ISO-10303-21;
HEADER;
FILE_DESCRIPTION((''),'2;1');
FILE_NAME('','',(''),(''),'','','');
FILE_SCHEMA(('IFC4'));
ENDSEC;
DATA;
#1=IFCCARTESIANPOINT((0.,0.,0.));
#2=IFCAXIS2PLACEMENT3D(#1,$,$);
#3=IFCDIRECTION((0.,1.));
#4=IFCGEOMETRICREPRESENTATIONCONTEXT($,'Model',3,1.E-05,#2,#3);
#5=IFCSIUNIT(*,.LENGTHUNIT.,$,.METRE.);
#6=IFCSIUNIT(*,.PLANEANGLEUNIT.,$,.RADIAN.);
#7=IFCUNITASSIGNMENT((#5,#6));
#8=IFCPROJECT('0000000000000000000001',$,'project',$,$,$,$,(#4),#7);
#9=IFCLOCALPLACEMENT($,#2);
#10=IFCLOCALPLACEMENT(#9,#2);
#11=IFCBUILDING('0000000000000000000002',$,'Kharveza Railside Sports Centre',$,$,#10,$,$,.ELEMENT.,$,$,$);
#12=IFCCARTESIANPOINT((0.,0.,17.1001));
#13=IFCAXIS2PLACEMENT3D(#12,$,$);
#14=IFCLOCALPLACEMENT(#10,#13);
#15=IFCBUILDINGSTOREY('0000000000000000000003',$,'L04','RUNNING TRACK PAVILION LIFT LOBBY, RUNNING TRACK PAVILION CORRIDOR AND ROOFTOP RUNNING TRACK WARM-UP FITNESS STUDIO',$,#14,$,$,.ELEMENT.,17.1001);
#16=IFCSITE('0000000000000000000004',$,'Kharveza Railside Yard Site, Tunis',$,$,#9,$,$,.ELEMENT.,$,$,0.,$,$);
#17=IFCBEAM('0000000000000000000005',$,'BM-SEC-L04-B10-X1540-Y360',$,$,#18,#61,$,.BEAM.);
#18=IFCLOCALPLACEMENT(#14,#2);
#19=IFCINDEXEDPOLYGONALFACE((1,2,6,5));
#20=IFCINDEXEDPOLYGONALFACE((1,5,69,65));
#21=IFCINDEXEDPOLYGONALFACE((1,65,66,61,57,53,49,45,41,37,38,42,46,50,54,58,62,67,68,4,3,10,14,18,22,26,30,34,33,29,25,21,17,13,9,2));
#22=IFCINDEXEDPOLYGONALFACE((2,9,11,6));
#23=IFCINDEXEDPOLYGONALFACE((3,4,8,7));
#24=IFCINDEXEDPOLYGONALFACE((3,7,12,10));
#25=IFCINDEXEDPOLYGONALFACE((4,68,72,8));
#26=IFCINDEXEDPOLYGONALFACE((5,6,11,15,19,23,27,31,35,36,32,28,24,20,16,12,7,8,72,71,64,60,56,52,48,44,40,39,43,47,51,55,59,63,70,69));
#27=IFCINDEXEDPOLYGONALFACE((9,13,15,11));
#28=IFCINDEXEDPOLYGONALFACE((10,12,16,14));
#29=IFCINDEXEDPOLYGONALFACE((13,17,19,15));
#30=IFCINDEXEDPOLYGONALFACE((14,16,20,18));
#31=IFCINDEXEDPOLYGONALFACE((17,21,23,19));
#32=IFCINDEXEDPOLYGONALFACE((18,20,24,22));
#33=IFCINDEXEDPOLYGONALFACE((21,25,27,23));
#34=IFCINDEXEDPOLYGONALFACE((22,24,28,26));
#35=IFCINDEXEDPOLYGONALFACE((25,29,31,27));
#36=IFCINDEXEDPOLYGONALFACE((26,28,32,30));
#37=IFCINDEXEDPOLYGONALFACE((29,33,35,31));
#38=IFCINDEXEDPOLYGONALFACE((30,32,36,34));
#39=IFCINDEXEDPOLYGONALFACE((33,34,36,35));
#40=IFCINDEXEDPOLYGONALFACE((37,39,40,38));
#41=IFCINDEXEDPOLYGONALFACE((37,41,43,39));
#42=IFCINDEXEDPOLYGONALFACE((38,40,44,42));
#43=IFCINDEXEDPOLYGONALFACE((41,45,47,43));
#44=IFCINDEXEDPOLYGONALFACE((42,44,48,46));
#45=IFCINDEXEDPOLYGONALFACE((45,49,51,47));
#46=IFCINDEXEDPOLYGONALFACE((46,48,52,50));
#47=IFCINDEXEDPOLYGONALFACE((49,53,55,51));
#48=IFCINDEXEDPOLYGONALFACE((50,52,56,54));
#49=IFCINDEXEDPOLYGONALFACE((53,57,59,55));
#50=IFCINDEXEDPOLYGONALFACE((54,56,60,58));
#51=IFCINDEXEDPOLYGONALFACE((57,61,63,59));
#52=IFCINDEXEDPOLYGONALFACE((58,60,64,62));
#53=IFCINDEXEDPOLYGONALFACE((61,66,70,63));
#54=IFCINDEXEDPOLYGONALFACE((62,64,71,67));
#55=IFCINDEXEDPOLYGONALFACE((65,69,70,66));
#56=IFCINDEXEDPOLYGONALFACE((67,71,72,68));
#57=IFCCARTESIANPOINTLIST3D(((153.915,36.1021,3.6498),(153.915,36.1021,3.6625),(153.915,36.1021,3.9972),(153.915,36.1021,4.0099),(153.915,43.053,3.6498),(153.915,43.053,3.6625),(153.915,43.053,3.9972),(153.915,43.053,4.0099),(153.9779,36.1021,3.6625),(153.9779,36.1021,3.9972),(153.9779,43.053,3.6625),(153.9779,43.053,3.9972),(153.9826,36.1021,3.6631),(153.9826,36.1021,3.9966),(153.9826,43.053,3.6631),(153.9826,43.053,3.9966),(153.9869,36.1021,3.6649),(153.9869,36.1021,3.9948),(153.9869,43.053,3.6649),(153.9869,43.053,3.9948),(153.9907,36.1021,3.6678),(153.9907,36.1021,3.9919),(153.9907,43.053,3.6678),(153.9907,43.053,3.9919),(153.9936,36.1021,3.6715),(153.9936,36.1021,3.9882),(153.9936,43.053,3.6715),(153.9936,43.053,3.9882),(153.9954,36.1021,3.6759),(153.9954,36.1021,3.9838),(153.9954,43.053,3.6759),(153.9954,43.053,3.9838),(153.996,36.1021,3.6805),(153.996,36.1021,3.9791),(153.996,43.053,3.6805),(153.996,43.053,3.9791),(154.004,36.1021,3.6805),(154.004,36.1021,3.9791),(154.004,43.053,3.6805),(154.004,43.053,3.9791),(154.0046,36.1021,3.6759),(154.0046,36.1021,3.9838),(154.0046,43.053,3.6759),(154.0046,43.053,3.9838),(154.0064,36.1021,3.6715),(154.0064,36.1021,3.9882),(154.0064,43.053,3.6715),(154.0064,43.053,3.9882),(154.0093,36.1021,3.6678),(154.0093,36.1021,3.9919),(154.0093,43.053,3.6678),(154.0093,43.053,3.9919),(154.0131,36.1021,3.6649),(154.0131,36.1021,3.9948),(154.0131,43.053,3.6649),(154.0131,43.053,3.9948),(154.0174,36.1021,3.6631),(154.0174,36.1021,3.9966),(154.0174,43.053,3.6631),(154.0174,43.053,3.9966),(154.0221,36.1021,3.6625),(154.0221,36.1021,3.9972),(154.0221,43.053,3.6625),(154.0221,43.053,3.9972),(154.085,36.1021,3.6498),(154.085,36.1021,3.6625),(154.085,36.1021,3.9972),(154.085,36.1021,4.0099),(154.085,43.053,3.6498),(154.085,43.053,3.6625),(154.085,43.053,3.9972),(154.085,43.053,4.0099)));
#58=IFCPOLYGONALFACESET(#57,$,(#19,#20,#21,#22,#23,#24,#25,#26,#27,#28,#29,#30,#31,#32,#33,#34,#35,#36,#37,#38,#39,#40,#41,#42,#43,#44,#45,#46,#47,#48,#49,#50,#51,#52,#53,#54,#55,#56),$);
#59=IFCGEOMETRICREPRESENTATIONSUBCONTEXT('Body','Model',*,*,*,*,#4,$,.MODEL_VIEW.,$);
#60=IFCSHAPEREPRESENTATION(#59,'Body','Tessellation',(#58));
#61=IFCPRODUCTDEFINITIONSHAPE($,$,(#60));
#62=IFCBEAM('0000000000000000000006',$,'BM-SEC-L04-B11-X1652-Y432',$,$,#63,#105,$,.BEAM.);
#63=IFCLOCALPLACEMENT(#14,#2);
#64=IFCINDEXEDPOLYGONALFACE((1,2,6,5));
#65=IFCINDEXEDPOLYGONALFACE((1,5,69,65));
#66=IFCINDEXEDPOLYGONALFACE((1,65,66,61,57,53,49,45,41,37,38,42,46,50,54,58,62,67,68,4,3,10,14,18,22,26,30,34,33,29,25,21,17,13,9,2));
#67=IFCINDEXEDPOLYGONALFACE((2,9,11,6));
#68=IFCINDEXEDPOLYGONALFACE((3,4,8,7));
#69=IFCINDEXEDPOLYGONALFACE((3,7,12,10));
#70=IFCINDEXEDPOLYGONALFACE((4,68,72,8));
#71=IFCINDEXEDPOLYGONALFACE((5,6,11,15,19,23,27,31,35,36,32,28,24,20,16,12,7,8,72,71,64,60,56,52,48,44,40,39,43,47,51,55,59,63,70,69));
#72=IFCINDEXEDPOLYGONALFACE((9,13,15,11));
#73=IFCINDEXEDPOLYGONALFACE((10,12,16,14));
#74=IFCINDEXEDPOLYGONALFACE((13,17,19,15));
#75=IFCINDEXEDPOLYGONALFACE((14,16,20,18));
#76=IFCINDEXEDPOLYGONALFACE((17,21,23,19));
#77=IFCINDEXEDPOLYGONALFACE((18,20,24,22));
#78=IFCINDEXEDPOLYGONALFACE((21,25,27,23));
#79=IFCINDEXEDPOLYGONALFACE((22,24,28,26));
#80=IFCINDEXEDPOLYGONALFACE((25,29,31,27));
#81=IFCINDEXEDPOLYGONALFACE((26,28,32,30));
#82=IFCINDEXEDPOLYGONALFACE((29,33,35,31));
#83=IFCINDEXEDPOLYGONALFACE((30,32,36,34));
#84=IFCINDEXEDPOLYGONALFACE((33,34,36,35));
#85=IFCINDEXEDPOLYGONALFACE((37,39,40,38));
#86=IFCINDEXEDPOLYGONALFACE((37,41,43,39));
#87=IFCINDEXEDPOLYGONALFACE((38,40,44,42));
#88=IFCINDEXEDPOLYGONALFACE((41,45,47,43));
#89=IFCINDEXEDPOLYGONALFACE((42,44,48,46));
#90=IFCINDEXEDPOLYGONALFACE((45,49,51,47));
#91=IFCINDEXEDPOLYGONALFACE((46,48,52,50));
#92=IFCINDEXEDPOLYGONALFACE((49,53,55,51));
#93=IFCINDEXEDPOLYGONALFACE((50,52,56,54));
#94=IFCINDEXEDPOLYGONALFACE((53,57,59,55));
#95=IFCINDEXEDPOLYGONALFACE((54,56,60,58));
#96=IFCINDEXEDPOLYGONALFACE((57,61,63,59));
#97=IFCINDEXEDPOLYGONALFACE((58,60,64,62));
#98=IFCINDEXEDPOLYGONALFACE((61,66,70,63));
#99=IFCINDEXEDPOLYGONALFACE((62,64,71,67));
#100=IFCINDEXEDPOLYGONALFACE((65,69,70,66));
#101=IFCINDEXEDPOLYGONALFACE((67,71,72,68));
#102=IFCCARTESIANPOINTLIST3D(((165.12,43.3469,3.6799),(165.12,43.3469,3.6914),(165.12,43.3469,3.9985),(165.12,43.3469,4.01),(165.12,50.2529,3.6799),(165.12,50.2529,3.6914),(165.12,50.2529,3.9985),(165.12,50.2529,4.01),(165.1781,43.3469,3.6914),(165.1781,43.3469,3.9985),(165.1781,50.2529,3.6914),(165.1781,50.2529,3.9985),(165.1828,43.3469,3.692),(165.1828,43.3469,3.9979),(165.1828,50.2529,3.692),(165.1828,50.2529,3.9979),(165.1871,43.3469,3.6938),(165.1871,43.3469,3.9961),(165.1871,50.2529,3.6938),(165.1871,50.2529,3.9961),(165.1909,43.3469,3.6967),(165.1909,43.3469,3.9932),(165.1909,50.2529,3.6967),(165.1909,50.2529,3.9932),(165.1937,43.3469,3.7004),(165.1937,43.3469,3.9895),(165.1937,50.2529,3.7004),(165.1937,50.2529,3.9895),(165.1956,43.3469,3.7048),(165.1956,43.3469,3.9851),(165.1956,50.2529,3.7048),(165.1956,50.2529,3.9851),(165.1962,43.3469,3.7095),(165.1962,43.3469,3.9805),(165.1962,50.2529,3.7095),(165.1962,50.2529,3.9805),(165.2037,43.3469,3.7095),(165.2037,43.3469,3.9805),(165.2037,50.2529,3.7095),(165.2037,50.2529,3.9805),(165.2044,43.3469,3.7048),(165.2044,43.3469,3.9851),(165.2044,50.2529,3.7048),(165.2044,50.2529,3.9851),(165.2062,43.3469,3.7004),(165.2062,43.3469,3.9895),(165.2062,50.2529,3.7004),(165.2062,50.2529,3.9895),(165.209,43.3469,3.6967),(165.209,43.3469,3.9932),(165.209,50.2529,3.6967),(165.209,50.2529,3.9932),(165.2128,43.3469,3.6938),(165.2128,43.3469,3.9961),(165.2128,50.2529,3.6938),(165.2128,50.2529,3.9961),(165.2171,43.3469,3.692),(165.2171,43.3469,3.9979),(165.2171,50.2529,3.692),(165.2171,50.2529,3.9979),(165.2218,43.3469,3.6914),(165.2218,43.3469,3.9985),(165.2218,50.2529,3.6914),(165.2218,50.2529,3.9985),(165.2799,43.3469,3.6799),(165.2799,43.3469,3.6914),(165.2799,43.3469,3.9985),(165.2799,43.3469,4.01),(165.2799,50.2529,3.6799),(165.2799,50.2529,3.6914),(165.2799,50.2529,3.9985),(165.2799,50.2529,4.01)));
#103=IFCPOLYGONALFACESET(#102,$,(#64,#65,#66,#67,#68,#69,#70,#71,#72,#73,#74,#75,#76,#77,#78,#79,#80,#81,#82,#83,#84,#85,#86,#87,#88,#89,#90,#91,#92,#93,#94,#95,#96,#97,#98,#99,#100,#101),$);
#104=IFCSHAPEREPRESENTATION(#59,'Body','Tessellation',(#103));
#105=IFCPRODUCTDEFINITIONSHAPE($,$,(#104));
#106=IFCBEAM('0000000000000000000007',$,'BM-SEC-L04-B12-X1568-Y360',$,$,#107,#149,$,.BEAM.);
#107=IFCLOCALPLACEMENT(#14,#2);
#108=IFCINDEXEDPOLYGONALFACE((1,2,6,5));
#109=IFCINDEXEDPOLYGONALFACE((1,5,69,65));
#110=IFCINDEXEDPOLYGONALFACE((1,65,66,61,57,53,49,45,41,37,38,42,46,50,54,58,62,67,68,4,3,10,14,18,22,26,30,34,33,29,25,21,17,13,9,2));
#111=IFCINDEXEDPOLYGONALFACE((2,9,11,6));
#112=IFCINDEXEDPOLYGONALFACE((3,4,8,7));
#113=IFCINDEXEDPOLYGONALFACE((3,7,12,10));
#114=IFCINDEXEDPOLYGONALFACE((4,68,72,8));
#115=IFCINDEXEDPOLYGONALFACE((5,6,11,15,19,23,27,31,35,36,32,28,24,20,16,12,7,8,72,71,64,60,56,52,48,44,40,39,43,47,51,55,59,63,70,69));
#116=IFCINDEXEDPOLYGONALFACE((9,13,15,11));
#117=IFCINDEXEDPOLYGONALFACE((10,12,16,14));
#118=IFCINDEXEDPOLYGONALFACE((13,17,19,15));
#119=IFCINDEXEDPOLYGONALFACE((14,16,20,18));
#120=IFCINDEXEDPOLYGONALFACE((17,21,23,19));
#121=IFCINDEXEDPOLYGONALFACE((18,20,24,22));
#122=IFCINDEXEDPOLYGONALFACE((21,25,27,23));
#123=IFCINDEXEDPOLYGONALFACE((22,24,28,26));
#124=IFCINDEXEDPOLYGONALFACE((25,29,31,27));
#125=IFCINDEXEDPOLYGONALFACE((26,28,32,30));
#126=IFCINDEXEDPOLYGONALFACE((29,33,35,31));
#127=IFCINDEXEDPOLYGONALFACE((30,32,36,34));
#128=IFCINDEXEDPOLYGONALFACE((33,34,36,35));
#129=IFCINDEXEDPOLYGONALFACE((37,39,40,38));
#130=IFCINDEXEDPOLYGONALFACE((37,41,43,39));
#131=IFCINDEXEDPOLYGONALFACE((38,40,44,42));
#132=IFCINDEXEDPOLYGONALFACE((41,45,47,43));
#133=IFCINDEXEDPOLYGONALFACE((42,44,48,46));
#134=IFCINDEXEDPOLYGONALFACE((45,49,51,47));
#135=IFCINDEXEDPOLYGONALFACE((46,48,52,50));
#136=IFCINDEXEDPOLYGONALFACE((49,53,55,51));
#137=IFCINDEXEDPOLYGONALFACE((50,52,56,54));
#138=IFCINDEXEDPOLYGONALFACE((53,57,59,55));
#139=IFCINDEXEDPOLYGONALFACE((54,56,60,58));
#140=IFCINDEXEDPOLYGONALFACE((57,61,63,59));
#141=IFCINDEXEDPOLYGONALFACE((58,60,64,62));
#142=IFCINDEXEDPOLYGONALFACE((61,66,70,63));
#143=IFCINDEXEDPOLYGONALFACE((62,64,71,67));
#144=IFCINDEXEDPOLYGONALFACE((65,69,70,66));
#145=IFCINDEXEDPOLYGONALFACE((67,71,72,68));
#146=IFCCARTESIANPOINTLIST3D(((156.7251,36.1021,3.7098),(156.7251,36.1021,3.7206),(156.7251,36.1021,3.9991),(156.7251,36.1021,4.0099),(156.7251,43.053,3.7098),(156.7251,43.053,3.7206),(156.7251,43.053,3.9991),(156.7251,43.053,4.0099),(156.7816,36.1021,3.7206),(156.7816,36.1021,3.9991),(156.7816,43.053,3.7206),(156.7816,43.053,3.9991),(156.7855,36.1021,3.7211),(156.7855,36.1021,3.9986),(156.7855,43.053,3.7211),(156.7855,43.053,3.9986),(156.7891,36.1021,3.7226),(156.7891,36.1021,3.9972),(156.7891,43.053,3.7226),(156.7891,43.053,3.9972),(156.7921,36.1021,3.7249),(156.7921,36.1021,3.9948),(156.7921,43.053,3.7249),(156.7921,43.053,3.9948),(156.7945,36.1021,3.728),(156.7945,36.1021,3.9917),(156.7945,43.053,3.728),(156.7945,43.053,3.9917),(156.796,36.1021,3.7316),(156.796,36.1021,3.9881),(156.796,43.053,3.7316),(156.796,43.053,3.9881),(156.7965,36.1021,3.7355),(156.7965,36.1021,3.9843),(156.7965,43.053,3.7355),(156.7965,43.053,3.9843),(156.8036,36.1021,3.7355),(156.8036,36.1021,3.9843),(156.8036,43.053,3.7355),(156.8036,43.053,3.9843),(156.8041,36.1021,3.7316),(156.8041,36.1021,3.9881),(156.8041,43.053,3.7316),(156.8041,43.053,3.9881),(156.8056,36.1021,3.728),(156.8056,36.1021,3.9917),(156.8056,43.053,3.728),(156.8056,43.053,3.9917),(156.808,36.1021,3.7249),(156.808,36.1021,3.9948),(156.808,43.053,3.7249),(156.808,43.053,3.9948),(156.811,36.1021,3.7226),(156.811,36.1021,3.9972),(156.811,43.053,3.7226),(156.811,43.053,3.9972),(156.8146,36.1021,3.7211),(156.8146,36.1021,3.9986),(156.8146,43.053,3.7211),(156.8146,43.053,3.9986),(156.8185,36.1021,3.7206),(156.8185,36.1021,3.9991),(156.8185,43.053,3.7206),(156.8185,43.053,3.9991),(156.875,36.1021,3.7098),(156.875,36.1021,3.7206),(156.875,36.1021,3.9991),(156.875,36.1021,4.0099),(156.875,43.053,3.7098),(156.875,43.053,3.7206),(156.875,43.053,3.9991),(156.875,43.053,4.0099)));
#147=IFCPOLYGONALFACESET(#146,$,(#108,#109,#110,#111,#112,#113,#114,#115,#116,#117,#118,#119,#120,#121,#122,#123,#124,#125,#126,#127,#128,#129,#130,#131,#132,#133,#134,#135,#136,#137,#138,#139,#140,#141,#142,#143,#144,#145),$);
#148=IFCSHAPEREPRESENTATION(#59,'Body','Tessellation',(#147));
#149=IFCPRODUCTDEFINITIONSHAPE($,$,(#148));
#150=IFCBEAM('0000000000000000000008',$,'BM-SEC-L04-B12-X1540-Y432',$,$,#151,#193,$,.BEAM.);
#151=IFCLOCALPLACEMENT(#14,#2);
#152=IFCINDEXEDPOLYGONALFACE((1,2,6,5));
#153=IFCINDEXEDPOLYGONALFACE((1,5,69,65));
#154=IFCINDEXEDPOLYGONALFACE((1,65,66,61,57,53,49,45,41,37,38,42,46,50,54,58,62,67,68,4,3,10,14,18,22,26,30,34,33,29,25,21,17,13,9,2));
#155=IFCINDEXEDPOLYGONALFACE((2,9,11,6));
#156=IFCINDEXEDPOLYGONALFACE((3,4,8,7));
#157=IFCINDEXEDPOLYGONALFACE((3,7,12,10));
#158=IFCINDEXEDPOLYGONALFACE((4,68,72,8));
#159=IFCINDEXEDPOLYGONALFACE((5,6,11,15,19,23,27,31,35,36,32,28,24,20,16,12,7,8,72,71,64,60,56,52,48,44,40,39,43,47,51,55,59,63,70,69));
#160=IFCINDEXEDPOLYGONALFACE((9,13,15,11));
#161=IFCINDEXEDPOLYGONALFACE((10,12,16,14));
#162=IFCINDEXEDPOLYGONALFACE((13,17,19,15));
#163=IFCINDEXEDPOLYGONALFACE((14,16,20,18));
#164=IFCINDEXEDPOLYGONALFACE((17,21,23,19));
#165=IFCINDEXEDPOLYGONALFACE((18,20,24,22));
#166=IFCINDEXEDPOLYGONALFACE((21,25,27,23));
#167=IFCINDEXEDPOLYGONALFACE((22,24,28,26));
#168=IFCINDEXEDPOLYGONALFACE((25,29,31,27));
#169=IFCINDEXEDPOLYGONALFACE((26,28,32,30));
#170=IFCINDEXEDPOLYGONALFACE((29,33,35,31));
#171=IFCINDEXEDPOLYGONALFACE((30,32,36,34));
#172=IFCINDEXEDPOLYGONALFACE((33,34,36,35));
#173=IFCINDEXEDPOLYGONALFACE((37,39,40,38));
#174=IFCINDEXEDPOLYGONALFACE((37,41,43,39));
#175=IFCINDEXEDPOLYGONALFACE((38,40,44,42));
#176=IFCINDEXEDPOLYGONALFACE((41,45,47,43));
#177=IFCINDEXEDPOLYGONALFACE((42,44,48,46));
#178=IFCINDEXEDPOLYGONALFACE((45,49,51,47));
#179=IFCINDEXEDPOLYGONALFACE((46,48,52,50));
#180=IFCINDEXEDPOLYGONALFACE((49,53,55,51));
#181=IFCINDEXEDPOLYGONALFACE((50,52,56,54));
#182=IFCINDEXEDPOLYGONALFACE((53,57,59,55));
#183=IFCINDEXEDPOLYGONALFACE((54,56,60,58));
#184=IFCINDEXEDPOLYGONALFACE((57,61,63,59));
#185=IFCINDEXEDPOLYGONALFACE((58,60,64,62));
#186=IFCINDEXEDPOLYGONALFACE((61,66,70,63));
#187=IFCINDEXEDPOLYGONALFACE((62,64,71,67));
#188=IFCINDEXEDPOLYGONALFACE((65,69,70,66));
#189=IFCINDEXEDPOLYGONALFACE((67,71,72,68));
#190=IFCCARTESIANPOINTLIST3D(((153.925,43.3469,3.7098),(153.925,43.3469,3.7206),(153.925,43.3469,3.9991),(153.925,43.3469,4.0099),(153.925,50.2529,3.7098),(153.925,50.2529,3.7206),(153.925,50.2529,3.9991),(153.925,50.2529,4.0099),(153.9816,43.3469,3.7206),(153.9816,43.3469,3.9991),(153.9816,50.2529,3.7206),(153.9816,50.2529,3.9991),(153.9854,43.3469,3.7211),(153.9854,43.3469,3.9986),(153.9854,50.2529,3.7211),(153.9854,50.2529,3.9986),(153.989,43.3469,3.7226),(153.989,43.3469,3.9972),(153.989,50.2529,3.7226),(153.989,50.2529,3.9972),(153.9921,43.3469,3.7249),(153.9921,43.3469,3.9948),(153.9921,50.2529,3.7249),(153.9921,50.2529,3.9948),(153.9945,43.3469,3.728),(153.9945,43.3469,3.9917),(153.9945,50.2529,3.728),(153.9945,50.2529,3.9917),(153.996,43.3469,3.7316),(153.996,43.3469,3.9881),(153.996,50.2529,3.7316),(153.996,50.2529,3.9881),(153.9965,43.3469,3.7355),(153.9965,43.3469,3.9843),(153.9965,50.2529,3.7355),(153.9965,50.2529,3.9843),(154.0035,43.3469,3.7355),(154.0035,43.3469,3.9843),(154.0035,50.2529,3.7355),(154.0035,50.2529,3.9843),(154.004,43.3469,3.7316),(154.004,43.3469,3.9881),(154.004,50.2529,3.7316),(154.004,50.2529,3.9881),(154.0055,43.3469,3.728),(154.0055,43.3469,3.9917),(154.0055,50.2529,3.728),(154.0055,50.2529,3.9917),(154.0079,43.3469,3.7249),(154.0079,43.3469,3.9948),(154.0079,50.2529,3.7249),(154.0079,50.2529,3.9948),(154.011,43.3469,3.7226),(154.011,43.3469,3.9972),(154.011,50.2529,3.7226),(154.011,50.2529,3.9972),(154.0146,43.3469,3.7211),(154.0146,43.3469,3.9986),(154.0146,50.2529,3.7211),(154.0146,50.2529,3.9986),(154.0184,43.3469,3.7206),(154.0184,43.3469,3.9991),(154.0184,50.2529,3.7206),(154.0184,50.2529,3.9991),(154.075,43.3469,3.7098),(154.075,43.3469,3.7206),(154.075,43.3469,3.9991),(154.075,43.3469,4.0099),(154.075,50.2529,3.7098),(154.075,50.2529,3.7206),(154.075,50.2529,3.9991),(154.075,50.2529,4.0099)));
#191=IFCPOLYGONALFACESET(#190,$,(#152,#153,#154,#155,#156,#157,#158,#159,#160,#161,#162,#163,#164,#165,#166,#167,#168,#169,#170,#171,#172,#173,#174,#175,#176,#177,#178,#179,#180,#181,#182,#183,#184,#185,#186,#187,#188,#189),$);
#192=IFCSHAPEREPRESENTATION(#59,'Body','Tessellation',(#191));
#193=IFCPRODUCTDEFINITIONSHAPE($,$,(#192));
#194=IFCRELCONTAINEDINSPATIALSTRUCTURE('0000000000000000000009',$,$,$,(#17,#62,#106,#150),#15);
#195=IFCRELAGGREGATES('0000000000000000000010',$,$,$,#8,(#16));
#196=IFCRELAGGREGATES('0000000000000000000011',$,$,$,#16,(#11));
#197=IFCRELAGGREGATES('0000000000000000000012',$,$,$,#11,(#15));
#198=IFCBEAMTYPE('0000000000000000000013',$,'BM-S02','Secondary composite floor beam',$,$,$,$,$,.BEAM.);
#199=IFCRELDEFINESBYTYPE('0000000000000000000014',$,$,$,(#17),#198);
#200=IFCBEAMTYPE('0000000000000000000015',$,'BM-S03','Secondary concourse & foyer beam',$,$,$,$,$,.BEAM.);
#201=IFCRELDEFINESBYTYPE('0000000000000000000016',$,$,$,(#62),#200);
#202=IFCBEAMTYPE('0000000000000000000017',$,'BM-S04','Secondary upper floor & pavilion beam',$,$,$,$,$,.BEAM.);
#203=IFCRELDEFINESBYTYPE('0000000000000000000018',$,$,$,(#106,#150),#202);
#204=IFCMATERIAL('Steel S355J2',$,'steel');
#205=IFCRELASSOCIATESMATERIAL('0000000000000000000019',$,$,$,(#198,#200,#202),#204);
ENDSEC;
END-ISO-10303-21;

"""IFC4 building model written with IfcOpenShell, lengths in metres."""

from ifc_helpers import new_model, si_unit, direction, frame, origin, origin_2d, place, context, subcontext, project, spatial, i_section, extrude, material, material_profile, profile_set, type_object, element, save


model = new_model("IFC4")

# Units and contexts
model_context = context("Model", 3, precision=1e-05, world=origin(), true_north=direction((0.0, 1.0)))
body_context = subcontext(model_context, "Body", "Model", "MODEL_VIEW")
ifc_project = project(units=[si_unit("LENGTHUNIT", "METRE"), si_unit("PLANEANGLEUNIT", "RADIAN")], contexts=[model_context])

# Site, building, storey
site_placement = place(None, origin())
site = spatial("IfcSite", under=ifc_project, at=site_placement, Name="Kharveza Railside Yard Site, Tunis", CompositionType="ELEMENT", RefElevation=0.0)
building_placement = place(site_placement, origin())
building = spatial("IfcBuilding", under=site, at=building_placement, Name="Kharveza Railside Sports Centre", CompositionType="ELEMENT")
storey_placement = place(building_placement, frame((0.0, 0.0, 17.1001)))
storey = spatial("IfcBuildingStorey", under=building, at=storey_placement, Name="L04", Description="RUNNING TRACK PAVILION LIFT LOBBY, RUNNING TRACK PAVILION CORRIDOR AND ROOFTOP RUNNING TRACK WARM-UP FITNESS STUDIO", CompositionType="ELEMENT", Elevation=17.1001)

# Shared definitions
ifc_material_1 = material(Name="Steel S355J2", Category="steel")

# Beams
ifc_material_profile_1 = material_profile(ifc_material_1, i_section(OverallWidth=0.1699, OverallDepth=0.3601, WebThickness=0.0081, FlangeThickness=0.0127, FilletRadius=0.0181, at=origin_2d()), Name="IPE 360")
ifc_profile_set_1 = profile_set([ifc_material_profile_1], Name="Steel S355J2")
beam_type_1 = type_object("IfcBeamType", Name="BM-S02", Description="Secondary composite floor beam", PredefinedType="BEAM", material=ifc_profile_set_1)
beam_1_placement = place(storey_placement, frame((154.0, 36.1021, 3.8298), z_axis=(0.0, 1.0, 0.0), x_axis=(-1.0, 0.0, 0.0)))
element("IfcBeam", 1, at=beam_1_placement, inside=storey, type_object=beam_type_1, Name="BM-SEC-L04-B10-X1540-Y360", PredefinedType="BEAM", context=body_context, shape_type="SweptSolid", body=[
    extrude(i_section(OverallWidth=0.1699, OverallDepth=0.3601, WebThickness=0.0081, FlangeThickness=0.0127, FilletRadius=0.0181, at=origin_2d()), origin(), (0.0, 0.0, 1.0), 6.9509),
])
ifc_material_profile_2 = material_profile(ifc_material_1, i_section(OverallWidth=0.1599, OverallDepth=0.3301, WebThickness=0.0076, FlangeThickness=0.0115, FilletRadius=0.0181, at=origin_2d()), Name="IPE 330")
ifc_profile_set_2 = profile_set([ifc_material_profile_2], Name="Steel S355J2")
beam_type_2 = type_object("IfcBeamType", Name="BM-S03", Description="Secondary concourse & foyer beam", PredefinedType="BEAM", material=ifc_profile_set_2)
beam_2_placement = place(storey_placement, frame((165.2, 43.3469, 3.845), z_axis=(0.0, 1.0, 0.0), x_axis=(-1.0, 0.0, 0.0)))
element("IfcBeam", 2, at=beam_2_placement, inside=storey, type_object=beam_type_2, Name="BM-SEC-L04-B11-X1652-Y432", PredefinedType="BEAM", context=body_context, shape_type="SweptSolid", body=[
    extrude(i_section(OverallWidth=0.1599, OverallDepth=0.3301, WebThickness=0.0076, FlangeThickness=0.0115, FilletRadius=0.0181, at=origin_2d()), origin(), (0.0, 0.0, 1.0), 6.906),
])
ifc_material_profile_3 = material_profile(ifc_material_1, i_section(OverallWidth=0.1499, OverallDepth=0.3, WebThickness=0.0071, FlangeThickness=0.0107, FilletRadius=0.0149, at=origin_2d()), Name="IPE 300")
ifc_profile_set_3 = profile_set([ifc_material_profile_3], Name="Steel S355J2")
beam_type_3 = type_object("IfcBeamType", Name="BM-S04", Description="Secondary upper floor & pavilion beam", PredefinedType="BEAM", material=ifc_profile_set_3)
beam_3_placement = place(storey_placement, frame((156.8, 36.1021, 3.8599), z_axis=(0.0, 1.0, 0.0), x_axis=(-1.0, 0.0, 0.0)))
element("IfcBeam", 3, at=beam_3_placement, inside=storey, type_object=beam_type_3, Name="BM-SEC-L04-B12-X1568-Y360", PredefinedType="BEAM", context=body_context, shape_type="SweptSolid", body=[
    extrude(i_section(OverallWidth=0.1499, OverallDepth=0.3, WebThickness=0.0071, FlangeThickness=0.0107, FilletRadius=0.0149, at=origin_2d()), origin(), (0.0, 0.0, 1.0), 6.9509),
])
beam_4_placement = place(storey_placement, frame((154.0, 43.3469, 3.8599), z_axis=(0.0, 1.0, 0.0), x_axis=(-1.0, 0.0, 0.0)))
element("IfcBeam", 4, at=beam_4_placement, inside=storey, type_object=beam_type_3, Name="BM-SEC-L04-B12-X1540-Y432", PredefinedType="BEAM", context=body_context, shape_type="SweptSolid", body=[
    extrude(i_section(OverallWidth=0.1499, OverallDepth=0.3, WebThickness=0.0071, FlangeThickness=0.0107, FilletRadius=0.0149, at=origin_2d()), origin(), (0.0, 0.0, 1.0), 6.906),
])

save(model, "model.ifc")
